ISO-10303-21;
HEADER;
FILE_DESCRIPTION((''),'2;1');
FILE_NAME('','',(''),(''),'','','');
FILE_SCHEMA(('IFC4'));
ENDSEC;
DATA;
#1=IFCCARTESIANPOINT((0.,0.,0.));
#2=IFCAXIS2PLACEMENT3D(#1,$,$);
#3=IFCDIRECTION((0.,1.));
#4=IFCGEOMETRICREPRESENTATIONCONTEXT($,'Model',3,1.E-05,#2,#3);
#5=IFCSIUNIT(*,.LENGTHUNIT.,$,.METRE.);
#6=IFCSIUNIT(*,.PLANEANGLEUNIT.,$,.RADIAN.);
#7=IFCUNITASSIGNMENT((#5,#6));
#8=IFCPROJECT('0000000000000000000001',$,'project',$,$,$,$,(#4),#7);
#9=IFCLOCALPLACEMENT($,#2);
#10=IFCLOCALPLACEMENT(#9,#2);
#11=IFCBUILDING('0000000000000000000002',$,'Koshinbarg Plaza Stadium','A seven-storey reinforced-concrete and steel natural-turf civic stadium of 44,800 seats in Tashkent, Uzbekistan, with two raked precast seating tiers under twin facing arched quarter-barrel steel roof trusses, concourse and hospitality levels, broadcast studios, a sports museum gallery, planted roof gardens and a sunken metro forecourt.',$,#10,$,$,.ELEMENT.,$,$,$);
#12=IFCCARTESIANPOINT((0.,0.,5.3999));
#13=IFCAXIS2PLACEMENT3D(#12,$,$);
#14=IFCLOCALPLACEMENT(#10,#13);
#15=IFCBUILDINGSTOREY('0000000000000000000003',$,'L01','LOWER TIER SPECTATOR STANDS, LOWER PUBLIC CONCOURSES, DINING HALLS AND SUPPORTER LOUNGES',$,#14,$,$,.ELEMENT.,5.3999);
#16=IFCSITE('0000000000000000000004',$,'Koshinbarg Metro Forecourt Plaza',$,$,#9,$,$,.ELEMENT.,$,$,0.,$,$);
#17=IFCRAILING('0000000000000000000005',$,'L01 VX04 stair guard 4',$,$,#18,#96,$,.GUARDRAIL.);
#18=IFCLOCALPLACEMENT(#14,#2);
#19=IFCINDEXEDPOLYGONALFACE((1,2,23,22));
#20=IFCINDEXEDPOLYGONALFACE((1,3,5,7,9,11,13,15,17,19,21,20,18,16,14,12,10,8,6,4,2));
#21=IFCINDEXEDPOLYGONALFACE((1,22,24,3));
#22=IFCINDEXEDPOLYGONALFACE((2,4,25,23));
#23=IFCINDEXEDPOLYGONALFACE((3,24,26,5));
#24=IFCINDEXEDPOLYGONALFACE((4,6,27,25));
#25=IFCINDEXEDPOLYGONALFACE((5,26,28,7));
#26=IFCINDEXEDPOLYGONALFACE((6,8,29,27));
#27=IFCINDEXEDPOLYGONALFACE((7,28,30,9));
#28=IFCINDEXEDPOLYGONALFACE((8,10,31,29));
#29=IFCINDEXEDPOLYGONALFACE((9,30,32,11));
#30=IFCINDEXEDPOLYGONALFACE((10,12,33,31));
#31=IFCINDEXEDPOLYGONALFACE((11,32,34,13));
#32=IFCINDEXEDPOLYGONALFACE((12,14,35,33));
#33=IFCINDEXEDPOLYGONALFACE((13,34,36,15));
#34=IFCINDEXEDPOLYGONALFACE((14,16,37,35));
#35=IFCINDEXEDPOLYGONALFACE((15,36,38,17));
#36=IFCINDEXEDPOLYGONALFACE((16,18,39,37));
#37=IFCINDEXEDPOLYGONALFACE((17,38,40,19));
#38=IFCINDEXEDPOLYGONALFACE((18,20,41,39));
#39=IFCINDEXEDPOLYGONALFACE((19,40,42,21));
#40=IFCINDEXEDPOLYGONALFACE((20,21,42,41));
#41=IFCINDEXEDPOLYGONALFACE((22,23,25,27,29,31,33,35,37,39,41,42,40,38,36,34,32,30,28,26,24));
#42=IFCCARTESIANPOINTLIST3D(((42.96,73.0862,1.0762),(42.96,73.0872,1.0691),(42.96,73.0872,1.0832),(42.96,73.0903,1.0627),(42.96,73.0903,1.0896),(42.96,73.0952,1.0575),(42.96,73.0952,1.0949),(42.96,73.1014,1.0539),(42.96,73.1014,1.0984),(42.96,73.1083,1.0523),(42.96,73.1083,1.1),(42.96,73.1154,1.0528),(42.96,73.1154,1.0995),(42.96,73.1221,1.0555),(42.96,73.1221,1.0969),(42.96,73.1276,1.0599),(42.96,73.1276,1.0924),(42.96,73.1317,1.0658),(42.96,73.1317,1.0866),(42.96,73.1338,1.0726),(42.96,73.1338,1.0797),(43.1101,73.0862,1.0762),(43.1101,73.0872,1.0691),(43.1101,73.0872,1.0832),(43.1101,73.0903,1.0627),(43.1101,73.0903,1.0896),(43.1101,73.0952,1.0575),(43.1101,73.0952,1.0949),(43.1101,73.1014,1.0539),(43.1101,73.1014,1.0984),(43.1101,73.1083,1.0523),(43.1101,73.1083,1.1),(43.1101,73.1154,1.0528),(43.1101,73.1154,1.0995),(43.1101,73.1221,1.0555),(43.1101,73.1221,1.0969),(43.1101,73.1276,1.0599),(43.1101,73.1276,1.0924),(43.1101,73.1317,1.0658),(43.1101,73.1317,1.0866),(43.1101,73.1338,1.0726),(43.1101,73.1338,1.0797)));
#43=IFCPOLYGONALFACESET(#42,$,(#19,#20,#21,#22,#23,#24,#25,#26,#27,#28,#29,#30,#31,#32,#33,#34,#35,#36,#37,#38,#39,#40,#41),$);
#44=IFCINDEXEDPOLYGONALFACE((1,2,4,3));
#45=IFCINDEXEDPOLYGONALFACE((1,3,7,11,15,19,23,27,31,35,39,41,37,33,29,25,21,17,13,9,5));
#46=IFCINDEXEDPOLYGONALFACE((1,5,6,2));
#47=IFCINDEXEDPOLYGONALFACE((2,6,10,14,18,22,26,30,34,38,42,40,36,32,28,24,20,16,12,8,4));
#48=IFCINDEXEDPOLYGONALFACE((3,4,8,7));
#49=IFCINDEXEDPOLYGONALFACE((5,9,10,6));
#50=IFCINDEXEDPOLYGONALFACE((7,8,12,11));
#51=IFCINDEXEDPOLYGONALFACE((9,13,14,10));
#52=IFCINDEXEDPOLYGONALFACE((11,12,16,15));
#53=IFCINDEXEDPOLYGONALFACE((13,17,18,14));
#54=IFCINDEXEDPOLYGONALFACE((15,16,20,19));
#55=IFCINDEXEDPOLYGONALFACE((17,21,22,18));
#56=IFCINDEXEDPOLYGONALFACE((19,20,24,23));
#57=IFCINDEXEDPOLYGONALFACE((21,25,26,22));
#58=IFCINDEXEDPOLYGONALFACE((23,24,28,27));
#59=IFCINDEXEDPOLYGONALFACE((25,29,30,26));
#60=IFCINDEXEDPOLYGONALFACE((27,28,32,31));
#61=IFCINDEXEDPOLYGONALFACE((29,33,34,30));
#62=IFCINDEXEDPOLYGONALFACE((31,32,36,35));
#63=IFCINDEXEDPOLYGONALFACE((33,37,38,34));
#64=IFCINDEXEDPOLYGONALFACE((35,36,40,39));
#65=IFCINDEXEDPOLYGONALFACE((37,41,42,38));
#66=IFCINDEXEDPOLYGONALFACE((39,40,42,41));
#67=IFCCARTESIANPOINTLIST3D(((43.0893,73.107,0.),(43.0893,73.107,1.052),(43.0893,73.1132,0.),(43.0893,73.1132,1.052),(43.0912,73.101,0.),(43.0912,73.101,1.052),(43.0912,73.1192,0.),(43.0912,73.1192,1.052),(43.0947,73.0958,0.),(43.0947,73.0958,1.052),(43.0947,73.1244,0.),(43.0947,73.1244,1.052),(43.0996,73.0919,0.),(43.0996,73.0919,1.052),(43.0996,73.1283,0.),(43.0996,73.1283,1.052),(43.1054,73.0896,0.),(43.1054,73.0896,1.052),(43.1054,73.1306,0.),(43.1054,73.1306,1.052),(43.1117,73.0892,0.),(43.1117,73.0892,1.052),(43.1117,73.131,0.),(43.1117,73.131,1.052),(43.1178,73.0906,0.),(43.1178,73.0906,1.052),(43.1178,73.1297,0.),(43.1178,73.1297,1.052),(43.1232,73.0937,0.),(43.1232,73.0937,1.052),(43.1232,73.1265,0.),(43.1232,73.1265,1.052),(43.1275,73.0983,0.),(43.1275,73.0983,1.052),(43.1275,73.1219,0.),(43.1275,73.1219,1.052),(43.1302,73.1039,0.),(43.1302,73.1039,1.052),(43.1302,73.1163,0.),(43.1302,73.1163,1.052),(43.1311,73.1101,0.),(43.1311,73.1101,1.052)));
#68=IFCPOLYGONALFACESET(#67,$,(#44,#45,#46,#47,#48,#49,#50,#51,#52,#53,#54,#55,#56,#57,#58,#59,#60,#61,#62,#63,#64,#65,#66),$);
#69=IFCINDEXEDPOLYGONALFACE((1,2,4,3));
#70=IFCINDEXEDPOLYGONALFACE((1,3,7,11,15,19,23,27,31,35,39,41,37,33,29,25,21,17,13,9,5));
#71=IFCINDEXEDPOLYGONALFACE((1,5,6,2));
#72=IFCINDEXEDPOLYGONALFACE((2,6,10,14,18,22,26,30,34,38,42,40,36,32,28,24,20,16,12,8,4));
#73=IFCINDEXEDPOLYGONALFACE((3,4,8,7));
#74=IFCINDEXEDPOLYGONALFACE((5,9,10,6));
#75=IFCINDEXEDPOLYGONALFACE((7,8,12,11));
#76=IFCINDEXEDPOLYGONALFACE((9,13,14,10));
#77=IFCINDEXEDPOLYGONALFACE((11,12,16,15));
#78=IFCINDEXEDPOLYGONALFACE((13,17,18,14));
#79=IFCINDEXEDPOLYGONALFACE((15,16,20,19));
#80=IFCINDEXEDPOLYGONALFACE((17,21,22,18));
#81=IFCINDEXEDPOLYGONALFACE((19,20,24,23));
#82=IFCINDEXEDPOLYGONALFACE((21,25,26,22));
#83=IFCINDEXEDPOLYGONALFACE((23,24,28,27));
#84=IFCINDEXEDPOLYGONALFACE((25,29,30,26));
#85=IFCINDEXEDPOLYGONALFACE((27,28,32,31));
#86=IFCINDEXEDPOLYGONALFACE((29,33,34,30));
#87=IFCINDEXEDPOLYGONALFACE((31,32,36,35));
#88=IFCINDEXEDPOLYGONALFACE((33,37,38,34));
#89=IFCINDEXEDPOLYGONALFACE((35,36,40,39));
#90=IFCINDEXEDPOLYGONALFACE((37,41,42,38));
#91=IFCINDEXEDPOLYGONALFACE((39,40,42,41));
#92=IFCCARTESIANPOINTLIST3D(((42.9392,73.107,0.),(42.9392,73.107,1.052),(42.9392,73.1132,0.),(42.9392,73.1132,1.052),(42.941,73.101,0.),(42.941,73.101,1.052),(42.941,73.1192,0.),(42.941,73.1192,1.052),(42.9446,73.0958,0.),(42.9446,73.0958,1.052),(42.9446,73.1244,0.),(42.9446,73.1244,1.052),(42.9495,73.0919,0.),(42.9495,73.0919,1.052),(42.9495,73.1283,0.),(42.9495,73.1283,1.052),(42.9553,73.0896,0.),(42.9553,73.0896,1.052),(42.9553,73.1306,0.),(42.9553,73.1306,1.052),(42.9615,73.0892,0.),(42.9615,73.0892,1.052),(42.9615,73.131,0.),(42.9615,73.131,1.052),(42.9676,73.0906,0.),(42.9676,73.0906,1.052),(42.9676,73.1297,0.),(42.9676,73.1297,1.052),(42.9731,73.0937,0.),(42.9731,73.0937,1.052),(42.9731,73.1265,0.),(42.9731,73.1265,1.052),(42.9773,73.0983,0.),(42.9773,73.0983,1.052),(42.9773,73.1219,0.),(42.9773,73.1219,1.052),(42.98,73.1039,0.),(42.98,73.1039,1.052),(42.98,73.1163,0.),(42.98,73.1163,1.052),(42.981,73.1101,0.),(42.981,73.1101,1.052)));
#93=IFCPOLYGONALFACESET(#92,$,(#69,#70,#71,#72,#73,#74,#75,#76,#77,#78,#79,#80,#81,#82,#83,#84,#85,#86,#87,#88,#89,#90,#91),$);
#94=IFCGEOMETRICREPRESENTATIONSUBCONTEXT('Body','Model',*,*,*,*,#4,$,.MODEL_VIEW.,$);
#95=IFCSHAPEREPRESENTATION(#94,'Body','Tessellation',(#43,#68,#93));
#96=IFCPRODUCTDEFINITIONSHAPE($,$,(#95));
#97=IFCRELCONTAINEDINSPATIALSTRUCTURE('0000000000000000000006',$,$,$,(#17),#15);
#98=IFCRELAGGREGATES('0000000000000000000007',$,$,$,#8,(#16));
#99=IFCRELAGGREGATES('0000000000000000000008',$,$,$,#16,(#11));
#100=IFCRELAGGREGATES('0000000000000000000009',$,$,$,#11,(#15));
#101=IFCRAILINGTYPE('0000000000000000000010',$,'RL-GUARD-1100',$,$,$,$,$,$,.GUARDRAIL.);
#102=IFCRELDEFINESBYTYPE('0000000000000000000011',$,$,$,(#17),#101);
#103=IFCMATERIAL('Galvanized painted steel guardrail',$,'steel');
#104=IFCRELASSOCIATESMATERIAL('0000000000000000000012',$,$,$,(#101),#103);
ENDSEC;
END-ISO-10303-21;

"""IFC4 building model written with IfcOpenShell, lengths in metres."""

from ifc_helpers import new_model, si_unit, direction, frame, origin, origin_2d, place, context, subcontext, project, spatial, circle, extrude, material, type_object, element, save


model = new_model("IFC4")

# Units and contexts
model_context = context("Model", 3, precision=1e-05, world=origin(), true_north=direction((0.0, 1.0)))
body_context = subcontext(model_context, "Body", "Model", "MODEL_VIEW")
ifc_project = project(units=[si_unit("LENGTHUNIT", "METRE"), si_unit("PLANEANGLEUNIT", "RADIAN")], contexts=[model_context])

# Site, building, storey
site_placement = place(None, origin())
site = spatial("IfcSite", under=ifc_project, at=site_placement, Name="Koshinbarg Metro Forecourt Plaza", CompositionType="ELEMENT", RefElevation=0.0)
building_placement = place(site_placement, origin())
building = spatial("IfcBuilding", under=site, at=building_placement, Name="Koshinbarg Plaza Stadium", Description="A seven-storey reinforced-concrete and steel natural-turf civic stadium of 44,800 seats in Tashkent, Uzbekistan, with two raked precast seating tiers under twin facing arched quarter-barrel steel roof trusses, concourse and hospitality levels, broadcast studios, a sports museum gallery, planted roof gardens and a sunken metro forecourt.", CompositionType="ELEMENT")
storey_placement = place(building_placement, frame((0.0, 0.0, 5.3999)))
storey = spatial("IfcBuildingStorey", under=building, at=storey_placement, Name="L01", Description="LOWER TIER SPECTATOR STANDS, LOWER PUBLIC CONCOURSES, DINING HALLS AND SUPPORTER LOUNGES", CompositionType="ELEMENT", Elevation=5.3999)

# Railing
ifc_material_1 = material(Name="Galvanized painted steel guardrail", Category="steel")
railing_type_1 = type_object("IfcRailingType", Name="RL-GUARD-1100", PredefinedType="GUARDRAIL", material=ifc_material_1)
railing_1_placement = place(storey_placement, frame((43.1101, 73.1101, 0.0)))
element("IfcRailing", 1, at=railing_1_placement, inside=storey, type_object=railing_type_1, Name="L01 VX04 stair guard 4", PredefinedType="GUARDRAIL", context=body_context, shape_type="SweptSolid", body=[
    extrude(circle(Radius=0.0239, at=origin_2d()), frame((0.0, 0.0, 1.0762), z_axis=(-1.0, 0.0, 0.0), x_axis=(0.0, -1.0, 0.0)), (0.0, 0.0, 1.0), 0.1501),
    extrude(circle(Radius=0.021, at=origin_2d()), origin(), (0.0, 0.0, 1.0), 1.052),
    extrude(circle(Radius=0.021, at=origin_2d()), frame((-0.1501, 0.0, 0.0)), (0.0, 0.0, 1.0), 1.052),
])

save(model, "model.ifc")
